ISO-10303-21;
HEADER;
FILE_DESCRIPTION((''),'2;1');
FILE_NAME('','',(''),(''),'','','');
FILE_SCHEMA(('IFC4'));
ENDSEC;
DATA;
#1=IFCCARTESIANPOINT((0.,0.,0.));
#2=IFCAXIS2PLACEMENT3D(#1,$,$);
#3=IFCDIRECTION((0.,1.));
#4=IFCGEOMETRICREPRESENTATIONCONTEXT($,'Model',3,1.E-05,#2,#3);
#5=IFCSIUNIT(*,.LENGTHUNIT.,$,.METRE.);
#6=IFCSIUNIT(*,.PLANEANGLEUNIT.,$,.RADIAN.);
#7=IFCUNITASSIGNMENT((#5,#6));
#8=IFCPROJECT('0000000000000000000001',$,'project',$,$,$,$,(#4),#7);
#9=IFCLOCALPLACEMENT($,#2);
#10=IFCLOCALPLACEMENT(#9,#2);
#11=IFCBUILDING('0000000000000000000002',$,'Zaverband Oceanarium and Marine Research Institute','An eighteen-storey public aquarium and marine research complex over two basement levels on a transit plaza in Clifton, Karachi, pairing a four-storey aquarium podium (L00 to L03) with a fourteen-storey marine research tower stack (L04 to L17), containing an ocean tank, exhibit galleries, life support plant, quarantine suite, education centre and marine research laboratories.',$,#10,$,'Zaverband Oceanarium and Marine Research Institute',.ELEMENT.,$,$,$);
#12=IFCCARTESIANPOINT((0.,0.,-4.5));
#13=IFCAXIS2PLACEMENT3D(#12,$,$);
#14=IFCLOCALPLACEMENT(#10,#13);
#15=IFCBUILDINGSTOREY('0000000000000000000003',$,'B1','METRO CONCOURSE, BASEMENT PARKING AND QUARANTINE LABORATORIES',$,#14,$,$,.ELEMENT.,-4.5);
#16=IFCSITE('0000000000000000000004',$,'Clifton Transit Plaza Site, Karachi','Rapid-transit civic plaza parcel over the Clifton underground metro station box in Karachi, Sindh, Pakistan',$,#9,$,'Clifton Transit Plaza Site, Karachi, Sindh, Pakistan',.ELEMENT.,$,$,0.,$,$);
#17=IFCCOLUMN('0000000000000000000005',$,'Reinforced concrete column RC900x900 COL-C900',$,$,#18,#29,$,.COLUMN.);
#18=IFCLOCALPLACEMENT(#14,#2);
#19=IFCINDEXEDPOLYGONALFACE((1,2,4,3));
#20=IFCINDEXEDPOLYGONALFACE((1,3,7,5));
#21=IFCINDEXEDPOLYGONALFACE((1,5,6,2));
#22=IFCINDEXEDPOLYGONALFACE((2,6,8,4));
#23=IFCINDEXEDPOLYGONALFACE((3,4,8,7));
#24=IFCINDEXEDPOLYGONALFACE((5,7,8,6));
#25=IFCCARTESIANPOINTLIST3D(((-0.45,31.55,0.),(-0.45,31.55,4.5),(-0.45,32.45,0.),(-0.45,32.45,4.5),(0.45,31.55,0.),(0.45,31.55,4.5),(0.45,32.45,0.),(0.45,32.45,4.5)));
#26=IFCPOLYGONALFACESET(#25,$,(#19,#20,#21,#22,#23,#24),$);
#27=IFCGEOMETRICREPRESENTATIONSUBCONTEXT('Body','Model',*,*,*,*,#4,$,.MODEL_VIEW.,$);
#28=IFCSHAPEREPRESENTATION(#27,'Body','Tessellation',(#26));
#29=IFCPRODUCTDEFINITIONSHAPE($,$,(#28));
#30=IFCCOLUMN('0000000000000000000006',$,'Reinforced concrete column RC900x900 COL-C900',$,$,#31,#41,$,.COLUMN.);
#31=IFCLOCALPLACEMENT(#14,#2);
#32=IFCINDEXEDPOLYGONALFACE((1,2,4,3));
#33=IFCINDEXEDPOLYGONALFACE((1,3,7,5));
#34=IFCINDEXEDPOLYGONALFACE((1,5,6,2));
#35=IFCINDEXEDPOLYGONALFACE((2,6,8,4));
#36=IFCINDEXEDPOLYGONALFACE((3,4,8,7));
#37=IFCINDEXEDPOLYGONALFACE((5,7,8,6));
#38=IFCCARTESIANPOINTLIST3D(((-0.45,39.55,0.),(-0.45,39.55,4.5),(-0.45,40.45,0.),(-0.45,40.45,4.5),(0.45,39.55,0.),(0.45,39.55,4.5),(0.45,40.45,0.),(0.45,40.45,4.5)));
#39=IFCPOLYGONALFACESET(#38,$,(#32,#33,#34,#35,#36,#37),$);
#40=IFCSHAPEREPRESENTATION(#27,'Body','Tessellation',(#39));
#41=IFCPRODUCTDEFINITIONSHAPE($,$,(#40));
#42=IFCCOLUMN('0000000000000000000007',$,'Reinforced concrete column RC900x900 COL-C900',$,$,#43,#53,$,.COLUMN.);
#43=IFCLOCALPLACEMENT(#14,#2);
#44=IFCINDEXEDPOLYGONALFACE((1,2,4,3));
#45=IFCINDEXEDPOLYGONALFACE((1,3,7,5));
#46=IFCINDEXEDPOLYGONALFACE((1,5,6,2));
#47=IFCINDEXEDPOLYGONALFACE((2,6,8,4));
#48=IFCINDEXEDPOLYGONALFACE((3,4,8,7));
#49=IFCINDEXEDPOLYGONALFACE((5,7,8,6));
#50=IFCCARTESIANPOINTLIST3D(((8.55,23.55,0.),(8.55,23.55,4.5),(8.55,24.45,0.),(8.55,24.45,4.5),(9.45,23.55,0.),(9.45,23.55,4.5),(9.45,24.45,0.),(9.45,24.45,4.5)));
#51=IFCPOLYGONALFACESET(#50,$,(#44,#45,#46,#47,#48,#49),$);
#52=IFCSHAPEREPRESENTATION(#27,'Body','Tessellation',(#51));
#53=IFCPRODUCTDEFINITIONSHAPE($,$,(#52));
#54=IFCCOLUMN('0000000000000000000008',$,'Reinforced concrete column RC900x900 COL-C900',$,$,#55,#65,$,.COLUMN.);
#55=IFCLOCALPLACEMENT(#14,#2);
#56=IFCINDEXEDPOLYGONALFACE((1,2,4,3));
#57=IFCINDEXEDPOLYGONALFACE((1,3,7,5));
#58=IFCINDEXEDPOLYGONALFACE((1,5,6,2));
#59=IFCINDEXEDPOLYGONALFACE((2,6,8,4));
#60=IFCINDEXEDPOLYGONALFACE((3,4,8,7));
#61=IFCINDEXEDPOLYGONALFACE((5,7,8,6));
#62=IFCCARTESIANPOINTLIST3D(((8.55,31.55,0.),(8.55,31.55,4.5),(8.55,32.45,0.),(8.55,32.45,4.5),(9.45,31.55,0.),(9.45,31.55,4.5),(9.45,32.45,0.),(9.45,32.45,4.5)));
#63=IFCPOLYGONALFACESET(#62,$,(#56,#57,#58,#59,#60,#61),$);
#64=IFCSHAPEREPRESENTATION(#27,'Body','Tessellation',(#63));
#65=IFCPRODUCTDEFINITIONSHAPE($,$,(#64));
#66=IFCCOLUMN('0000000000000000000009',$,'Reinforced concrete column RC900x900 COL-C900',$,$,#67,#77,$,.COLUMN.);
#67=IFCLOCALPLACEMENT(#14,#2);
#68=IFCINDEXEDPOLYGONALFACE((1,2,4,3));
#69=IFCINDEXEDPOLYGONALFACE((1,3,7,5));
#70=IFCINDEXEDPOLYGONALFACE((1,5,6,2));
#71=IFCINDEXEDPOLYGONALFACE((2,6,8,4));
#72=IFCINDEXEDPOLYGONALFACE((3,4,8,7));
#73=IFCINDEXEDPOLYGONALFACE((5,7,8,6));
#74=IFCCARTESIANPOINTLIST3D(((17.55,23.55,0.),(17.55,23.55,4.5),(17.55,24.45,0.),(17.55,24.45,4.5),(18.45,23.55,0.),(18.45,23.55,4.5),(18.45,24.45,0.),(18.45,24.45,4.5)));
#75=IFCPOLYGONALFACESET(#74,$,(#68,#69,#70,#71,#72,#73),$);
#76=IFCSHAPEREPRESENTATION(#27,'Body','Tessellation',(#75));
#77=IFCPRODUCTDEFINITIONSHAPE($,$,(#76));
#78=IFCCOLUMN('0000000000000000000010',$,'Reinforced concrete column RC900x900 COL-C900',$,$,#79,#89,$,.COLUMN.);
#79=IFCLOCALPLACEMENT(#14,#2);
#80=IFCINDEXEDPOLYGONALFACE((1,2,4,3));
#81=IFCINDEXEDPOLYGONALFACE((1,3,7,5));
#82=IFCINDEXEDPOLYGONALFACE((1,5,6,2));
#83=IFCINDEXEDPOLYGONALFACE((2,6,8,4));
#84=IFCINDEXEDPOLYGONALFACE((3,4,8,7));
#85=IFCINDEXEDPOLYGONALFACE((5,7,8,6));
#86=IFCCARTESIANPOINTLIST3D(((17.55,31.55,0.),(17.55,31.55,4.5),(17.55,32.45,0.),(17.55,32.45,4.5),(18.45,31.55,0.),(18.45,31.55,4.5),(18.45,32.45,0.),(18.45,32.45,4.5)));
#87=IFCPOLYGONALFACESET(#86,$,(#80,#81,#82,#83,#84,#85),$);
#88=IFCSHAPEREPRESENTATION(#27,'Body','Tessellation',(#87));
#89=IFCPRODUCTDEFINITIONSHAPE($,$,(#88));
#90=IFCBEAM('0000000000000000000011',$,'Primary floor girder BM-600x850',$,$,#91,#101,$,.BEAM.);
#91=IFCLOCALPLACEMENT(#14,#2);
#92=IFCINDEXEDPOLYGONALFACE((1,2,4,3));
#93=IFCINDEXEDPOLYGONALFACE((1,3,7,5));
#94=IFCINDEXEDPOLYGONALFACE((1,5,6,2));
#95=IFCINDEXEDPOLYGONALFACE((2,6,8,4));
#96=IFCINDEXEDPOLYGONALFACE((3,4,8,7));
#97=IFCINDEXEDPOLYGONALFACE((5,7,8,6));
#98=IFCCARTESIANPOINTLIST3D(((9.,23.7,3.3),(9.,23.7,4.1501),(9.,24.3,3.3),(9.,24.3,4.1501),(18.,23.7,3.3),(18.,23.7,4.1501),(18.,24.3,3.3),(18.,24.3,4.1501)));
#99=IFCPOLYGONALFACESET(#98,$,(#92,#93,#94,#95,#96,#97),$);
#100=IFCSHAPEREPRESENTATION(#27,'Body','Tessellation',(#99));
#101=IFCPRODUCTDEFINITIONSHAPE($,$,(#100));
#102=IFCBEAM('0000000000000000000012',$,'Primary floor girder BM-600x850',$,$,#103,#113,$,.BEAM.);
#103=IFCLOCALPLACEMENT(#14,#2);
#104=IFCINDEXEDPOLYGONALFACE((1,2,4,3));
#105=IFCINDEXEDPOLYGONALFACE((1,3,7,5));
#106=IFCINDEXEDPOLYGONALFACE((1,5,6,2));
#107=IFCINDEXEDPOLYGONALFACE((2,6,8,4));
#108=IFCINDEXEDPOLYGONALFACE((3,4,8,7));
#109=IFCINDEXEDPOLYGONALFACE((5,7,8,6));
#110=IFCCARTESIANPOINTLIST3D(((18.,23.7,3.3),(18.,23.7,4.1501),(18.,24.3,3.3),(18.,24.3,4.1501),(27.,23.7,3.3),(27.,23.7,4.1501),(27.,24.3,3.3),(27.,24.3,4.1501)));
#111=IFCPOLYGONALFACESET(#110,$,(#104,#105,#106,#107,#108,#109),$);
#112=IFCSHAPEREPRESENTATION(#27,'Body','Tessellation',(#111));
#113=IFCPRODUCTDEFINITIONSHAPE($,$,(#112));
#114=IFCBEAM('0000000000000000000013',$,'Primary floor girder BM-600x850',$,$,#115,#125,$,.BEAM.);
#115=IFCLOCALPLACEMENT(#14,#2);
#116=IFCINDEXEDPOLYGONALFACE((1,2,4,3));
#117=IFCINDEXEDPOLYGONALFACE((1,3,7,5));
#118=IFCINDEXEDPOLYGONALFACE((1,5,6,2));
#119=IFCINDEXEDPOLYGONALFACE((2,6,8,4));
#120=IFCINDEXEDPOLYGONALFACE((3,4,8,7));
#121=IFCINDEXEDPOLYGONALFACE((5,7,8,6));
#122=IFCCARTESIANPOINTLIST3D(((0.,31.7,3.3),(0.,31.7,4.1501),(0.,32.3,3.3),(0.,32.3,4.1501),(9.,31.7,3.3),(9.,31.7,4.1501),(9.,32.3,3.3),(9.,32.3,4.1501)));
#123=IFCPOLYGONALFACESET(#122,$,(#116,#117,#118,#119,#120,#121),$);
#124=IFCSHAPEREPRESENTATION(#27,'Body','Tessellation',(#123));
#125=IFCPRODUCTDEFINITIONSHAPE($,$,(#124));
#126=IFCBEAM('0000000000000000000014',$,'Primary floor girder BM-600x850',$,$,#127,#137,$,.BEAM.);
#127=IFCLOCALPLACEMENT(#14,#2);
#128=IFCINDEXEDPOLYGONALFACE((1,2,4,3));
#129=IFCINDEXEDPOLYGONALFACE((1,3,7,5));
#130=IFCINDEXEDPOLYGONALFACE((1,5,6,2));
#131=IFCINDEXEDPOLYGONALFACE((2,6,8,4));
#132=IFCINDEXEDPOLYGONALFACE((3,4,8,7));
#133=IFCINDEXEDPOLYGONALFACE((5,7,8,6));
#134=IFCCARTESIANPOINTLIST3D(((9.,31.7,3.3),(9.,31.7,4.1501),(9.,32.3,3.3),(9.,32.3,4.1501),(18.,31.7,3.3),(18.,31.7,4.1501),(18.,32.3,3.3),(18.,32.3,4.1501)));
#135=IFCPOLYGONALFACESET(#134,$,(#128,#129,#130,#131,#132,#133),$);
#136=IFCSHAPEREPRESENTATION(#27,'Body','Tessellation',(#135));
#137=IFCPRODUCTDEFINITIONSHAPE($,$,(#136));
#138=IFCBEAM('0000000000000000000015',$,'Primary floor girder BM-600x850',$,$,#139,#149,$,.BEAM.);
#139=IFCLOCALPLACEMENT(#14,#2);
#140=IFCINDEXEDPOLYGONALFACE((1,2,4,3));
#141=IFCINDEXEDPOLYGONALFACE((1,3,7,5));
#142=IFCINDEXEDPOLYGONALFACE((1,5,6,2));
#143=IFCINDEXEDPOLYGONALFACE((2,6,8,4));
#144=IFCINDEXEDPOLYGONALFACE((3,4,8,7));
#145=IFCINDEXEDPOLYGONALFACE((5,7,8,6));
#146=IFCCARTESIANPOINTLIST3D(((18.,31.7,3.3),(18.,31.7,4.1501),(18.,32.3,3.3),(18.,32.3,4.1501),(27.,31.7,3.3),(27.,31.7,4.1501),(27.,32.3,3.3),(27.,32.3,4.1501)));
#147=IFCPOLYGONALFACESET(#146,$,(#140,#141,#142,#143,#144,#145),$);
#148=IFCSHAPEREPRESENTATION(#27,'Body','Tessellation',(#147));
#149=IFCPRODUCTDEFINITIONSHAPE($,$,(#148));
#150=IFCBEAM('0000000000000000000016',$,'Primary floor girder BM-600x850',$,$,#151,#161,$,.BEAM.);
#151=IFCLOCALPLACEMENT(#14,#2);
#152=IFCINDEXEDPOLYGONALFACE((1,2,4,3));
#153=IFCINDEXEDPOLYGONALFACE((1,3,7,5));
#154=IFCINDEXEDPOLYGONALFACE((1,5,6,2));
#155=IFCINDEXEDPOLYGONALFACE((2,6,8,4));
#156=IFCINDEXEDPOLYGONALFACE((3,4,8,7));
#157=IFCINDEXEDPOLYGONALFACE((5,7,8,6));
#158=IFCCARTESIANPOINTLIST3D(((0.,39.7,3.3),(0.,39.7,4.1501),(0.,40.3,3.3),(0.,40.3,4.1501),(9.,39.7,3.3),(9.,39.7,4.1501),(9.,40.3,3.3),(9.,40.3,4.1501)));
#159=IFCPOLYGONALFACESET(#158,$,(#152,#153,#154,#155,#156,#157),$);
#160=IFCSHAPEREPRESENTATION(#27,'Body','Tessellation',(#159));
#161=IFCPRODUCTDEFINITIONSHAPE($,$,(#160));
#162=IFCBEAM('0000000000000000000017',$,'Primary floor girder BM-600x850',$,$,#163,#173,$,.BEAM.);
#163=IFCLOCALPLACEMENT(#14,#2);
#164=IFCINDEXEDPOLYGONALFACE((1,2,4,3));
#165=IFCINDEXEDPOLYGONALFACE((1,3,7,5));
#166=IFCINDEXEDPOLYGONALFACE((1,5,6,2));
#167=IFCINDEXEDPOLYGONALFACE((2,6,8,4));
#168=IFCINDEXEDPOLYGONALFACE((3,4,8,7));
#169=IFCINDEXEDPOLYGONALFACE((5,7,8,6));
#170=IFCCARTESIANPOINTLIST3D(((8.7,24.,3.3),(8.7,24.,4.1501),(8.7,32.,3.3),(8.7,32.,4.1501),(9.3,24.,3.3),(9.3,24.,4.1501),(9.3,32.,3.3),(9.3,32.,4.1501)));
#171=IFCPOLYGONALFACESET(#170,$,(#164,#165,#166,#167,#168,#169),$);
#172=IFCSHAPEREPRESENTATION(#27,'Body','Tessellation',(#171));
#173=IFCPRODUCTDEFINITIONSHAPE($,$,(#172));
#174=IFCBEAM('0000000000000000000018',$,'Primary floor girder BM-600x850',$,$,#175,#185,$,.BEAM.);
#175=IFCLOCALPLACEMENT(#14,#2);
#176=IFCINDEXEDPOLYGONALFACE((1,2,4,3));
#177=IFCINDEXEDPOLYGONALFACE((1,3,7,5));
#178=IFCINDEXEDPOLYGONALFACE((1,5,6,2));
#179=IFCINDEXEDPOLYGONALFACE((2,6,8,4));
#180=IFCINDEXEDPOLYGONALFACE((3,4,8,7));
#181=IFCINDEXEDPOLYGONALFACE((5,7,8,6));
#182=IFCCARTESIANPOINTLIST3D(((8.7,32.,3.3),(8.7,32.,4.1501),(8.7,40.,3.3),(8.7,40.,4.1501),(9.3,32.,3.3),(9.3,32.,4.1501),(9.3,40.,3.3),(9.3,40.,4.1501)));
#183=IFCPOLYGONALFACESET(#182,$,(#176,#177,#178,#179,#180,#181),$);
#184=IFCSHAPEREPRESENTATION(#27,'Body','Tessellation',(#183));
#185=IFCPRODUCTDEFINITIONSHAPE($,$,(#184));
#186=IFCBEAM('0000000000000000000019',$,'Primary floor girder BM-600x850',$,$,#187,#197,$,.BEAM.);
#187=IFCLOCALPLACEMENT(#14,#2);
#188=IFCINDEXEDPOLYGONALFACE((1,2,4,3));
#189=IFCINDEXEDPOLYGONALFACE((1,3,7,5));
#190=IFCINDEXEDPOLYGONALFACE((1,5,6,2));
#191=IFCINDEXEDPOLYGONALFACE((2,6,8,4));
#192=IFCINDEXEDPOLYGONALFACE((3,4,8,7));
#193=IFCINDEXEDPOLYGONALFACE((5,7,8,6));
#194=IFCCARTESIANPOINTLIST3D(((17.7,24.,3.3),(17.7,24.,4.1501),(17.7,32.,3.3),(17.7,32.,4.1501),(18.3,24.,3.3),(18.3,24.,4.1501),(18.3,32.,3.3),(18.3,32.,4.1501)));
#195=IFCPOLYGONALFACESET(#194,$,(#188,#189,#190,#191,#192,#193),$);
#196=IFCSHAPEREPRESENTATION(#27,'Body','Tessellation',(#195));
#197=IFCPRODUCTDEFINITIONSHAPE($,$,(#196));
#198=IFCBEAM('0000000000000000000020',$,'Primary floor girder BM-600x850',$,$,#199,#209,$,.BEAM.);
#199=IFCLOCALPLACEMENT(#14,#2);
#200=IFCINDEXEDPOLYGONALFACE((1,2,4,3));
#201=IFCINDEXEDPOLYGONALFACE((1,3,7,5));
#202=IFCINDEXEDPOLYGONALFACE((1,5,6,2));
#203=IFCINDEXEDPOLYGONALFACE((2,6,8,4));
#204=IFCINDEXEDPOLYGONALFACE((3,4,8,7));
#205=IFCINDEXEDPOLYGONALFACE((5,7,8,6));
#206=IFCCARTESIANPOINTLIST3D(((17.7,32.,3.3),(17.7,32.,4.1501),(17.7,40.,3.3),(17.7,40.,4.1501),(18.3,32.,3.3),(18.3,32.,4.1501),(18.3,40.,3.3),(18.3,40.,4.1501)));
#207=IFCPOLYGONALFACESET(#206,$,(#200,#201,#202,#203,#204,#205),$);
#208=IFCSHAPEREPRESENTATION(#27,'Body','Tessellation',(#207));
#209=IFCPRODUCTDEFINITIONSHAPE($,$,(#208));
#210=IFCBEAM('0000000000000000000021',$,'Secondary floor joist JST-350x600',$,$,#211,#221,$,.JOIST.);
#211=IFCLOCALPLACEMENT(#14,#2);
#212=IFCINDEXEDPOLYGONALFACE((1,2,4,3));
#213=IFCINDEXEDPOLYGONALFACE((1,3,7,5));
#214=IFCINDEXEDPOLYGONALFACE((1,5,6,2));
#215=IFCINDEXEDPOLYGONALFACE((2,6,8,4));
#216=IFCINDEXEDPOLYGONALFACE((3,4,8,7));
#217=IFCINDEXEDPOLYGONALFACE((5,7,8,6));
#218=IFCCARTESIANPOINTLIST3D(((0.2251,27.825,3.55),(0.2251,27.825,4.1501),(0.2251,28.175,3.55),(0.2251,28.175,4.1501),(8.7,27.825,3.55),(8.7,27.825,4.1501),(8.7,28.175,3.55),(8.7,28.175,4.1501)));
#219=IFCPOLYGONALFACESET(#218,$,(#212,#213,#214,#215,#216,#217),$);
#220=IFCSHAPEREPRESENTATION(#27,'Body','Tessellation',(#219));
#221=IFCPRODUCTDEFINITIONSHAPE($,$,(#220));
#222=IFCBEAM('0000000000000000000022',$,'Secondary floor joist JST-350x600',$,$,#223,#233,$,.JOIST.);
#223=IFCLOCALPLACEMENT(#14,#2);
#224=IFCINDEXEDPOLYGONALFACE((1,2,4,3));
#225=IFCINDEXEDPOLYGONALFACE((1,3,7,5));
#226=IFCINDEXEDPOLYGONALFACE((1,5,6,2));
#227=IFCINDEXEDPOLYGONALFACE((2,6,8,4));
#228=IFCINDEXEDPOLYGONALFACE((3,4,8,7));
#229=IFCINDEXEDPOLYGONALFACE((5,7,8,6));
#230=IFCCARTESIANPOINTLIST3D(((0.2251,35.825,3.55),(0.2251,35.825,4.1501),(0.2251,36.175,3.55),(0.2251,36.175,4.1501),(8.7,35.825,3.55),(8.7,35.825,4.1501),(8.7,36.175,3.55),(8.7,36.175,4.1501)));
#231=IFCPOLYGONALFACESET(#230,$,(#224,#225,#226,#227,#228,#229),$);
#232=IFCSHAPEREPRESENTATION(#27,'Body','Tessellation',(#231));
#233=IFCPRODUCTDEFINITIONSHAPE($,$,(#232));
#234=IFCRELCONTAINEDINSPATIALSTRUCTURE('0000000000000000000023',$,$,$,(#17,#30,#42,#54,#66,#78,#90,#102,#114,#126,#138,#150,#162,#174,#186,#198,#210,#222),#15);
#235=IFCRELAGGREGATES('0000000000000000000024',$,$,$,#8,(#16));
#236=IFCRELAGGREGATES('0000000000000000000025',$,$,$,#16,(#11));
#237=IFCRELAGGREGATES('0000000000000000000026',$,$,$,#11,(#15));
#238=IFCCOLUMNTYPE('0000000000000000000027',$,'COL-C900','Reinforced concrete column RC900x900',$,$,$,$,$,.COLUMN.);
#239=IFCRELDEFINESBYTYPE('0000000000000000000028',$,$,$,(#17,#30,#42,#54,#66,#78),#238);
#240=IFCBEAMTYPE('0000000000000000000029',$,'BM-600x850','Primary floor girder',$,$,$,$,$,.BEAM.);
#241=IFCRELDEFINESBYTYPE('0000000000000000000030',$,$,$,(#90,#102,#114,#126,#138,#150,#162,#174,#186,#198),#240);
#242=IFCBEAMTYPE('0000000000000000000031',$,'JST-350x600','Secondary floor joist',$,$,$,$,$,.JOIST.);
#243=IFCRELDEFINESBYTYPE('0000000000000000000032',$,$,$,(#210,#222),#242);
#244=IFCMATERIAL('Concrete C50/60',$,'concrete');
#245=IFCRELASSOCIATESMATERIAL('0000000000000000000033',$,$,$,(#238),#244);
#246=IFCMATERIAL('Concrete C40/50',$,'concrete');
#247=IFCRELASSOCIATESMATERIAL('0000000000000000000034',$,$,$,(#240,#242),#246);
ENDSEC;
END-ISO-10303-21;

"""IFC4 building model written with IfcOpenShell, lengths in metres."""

from ifc_helpers import new_model, si_unit, direction, frame, origin, origin_2d, place, context, subcontext, project, spatial, rectangle, extrude, material, material_profile, profile_set, type_object, element, save


model = new_model("IFC4")

# Units and contexts
model_context = context("Model", 3, precision=1e-05, world=origin(), true_north=direction((0.0, 1.0)))
body_context = subcontext(model_context, "Body", "Model", "MODEL_VIEW")
ifc_project = project(units=[si_unit("LENGTHUNIT", "METRE"), si_unit("PLANEANGLEUNIT", "RADIAN")], contexts=[model_context])

# Site, building, storey
site_placement = place(None, origin())
site = spatial("IfcSite", under=ifc_project, at=site_placement, Name="Clifton Transit Plaza Site, Karachi", Description="Rapid-transit civic plaza parcel over the Clifton underground metro station box in Karachi, Sindh, Pakistan", LongName="Clifton Transit Plaza Site, Karachi, Sindh, Pakistan", CompositionType="ELEMENT", RefElevation=0.0)
building_placement = place(site_placement, origin())
building = spatial("IfcBuilding", under=site, at=building_placement, Name="Zaverband Oceanarium and Marine Research Institute", Description="An eighteen-storey public aquarium and marine research complex over two basement levels on a transit plaza in Clifton, Karachi, pairing a four-storey aquarium podium (L00 to L03) with a fourteen-storey marine research tower stack (L04 to L17), containing an ocean tank, exhibit galleries, life support plant, quarantine suite, education centre and marine research laboratories.", LongName="Zaverband Oceanarium and Marine Research Institute", CompositionType="ELEMENT")
storey_placement = place(building_placement, frame((0.0, 0.0, -4.5)))
storey = spatial("IfcBuildingStorey", under=building, at=storey_placement, Name="B1", Description="METRO CONCOURSE, BASEMENT PARKING AND QUARANTINE LABORATORIES", CompositionType="ELEMENT", Elevation=-4.5)

# Columns
ifc_material_1 = material(Name="Concrete C50/60", Category="concrete")
ifc_material_profile_1 = material_profile(ifc_material_1, rectangle(XDim=0.8999, YDim=0.8999, at=origin_2d()), Name="RC900x900")
ifc_profile_set_1 = profile_set([ifc_material_profile_1], Name="Concrete C50/60")
column_type = type_object("IfcColumnType", Name="COL-C900", Description="Reinforced concrete column RC900x900", PredefinedType="COLUMN", material=ifc_profile_set_1)
for number, where, z_axis, x_axis, name in (
    (1, (0.0, 32.0, 0.0), (0.0, 0.0, 1.0), (1.0, 0.0, 0.0), "Reinforced concrete column RC900x900 COL-C900"),
    (2, (0.0, 40.0, 0.0), (0.0, 0.0, 1.0), (1.0, 0.0, 0.0), "Reinforced concrete column RC900x900 COL-C900"),
    (3, (9.0, 24.0, 0.0), (0.0, 0.0, 1.0), (1.0, 0.0, 0.0), "Reinforced concrete column RC900x900 COL-C900"),
    (4, (9.0, 32.0, 0.0), (0.0, 0.0, 1.0), (1.0, 0.0, 0.0), "Reinforced concrete column RC900x900 COL-C900"),
    (5, (18.0, 24.0, 0.0), (0.0, 0.0, 1.0), (1.0, 0.0, 0.0), "Reinforced concrete column RC900x900 COL-C900"),
    (6, (18.0, 32.0, 0.0), (0.0, 0.0, 1.0), (1.0, 0.0, 0.0), "Reinforced concrete column RC900x900 COL-C900"),
):
    element("IfcColumn", number, at=place(storey_placement, frame(where, z_axis=z_axis, x_axis=x_axis)), inside=storey, type_object=column_type, Name=name, PredefinedType="COLUMN", context=body_context, shape_type="SweptSolid", body=[
        extrude(rectangle(XDim=0.8999, YDim=0.8999, at=origin_2d()), origin(), (0.0, 0.0, 1.0), 4.5),
    ])

# Beams
ifc_material_2 = material(Name="Concrete C40/50", Category="concrete")
ifc_material_profile_2 = material_profile(ifc_material_2, rectangle(XDim=0.6001, YDim=0.8501, at=origin_2d()), Name="RC600x850")
ifc_profile_set_2 = profile_set([ifc_material_profile_2], Name="Concrete C40/50")
beam_type_1 = type_object("IfcBeamType", Name="BM-600x850", Description="Primary floor girder", PredefinedType="BEAM", material=ifc_profile_set_2)
for number, where, z_axis, x_axis, name in (
    (7, (9.0, 24.0, 3.7251), (1.0, 0.0, 0.0), (0.0, 1.0, 0.0), "Primary floor girder BM-600x850"),
    (8, (18.0, 24.0, 3.7251), (1.0, 0.0, 0.0), (0.0, 1.0, 0.0), "Primary floor girder BM-600x850"),
    (9, (0.0, 32.0, 3.7251), (1.0, 0.0, 0.0), (0.0, 1.0, 0.0), "Primary floor girder BM-600x850"),
    (10, (9.0, 32.0, 3.7251), (1.0, 0.0, 0.0), (0.0, 1.0, 0.0), "Primary floor girder BM-600x850"),
    (11, (18.0, 32.0, 3.7251), (1.0, 0.0, 0.0), (0.0, 1.0, 0.0), "Primary floor girder BM-600x850"),
    (12, (0.0, 40.0, 3.7251), (1.0, 0.0, 0.0), (0.0, 1.0, 0.0), "Primary floor girder BM-600x850"),
):
    element("IfcBeam", number, at=place(storey_placement, frame(where, z_axis=z_axis, x_axis=x_axis)), inside=storey, type_object=beam_type_1, Name=name, PredefinedType="BEAM", context=body_context, shape_type="SweptSolid", body=[
        extrude(rectangle(XDim=0.6001, YDim=0.8501, at=origin_2d()), origin(), (0.0, 0.0, 1.0), 9.0),
    ])
for number, where, z_axis, x_axis, name in (
    (13, (9.0, 24.0, 3.7251), (0.0, 1.0, 0.0), (-1.0, 0.0, 0.0), "Primary floor girder BM-600x850"),
    (14, (9.0, 32.0, 3.7251), (0.0, 1.0, 0.0), (-1.0, 0.0, 0.0), "Primary floor girder BM-600x850"),
    (15, (18.0, 24.0, 3.7251), (0.0, 1.0, 0.0), (-1.0, 0.0, 0.0), "Primary floor girder BM-600x850"),
    (16, (18.0, 32.0, 3.7251), (0.0, 1.0, 0.0), (-1.0, 0.0, 0.0), "Primary floor girder BM-600x850"),
):
    element("IfcBeam", number, at=place(storey_placement, frame(where, z_axis=z_axis, x_axis=x_axis)), inside=storey, type_object=beam_type_1, Name=name, PredefinedType="BEAM", context=body_context, shape_type="SweptSolid", body=[
        extrude(rectangle(XDim=0.6001, YDim=0.8501, at=origin_2d()), origin(), (0.0, 0.0, 1.0), 8.0),
    ])
ifc_material_profile_3 = material_profile(ifc_material_2, rectangle(XDim=0.3501, YDim=0.6001, at=origin_2d()), Name="RC350x600")
ifc_profile_set_3 = profile_set([ifc_material_profile_3], Name="Concrete C40/50")
beam_type_2 = type_object("IfcBeamType", Name="JST-350x600", Description="Secondary floor joist", PredefinedType="JOIST", material=ifc_profile_set_3)
for number, where, z_axis, x_axis, name in (
    (17, (0.2251, 28.0, 3.8501), (1.0, 0.0, 0.0), (0.0, 1.0, 0.0), "Secondary floor joist JST-350x600"),
    (18, (0.2251, 36.0, 3.8501), (1.0, 0.0, 0.0), (0.0, 1.0, 0.0), "Secondary floor joist JST-350x600"),
):
    element("IfcBeam", number, at=place(storey_placement, frame(where, z_axis=z_axis, x_axis=x_axis)), inside=storey, type_object=beam_type_2, Name=name, PredefinedType="JOIST", context=body_context, shape_type="SweptSolid", body=[
        extrude(rectangle(XDim=0.3501, YDim=0.6001, at=origin_2d()), origin(), (0.0, 0.0, 1.0), 8.4749),
    ])

save(model, "model.ifc")
